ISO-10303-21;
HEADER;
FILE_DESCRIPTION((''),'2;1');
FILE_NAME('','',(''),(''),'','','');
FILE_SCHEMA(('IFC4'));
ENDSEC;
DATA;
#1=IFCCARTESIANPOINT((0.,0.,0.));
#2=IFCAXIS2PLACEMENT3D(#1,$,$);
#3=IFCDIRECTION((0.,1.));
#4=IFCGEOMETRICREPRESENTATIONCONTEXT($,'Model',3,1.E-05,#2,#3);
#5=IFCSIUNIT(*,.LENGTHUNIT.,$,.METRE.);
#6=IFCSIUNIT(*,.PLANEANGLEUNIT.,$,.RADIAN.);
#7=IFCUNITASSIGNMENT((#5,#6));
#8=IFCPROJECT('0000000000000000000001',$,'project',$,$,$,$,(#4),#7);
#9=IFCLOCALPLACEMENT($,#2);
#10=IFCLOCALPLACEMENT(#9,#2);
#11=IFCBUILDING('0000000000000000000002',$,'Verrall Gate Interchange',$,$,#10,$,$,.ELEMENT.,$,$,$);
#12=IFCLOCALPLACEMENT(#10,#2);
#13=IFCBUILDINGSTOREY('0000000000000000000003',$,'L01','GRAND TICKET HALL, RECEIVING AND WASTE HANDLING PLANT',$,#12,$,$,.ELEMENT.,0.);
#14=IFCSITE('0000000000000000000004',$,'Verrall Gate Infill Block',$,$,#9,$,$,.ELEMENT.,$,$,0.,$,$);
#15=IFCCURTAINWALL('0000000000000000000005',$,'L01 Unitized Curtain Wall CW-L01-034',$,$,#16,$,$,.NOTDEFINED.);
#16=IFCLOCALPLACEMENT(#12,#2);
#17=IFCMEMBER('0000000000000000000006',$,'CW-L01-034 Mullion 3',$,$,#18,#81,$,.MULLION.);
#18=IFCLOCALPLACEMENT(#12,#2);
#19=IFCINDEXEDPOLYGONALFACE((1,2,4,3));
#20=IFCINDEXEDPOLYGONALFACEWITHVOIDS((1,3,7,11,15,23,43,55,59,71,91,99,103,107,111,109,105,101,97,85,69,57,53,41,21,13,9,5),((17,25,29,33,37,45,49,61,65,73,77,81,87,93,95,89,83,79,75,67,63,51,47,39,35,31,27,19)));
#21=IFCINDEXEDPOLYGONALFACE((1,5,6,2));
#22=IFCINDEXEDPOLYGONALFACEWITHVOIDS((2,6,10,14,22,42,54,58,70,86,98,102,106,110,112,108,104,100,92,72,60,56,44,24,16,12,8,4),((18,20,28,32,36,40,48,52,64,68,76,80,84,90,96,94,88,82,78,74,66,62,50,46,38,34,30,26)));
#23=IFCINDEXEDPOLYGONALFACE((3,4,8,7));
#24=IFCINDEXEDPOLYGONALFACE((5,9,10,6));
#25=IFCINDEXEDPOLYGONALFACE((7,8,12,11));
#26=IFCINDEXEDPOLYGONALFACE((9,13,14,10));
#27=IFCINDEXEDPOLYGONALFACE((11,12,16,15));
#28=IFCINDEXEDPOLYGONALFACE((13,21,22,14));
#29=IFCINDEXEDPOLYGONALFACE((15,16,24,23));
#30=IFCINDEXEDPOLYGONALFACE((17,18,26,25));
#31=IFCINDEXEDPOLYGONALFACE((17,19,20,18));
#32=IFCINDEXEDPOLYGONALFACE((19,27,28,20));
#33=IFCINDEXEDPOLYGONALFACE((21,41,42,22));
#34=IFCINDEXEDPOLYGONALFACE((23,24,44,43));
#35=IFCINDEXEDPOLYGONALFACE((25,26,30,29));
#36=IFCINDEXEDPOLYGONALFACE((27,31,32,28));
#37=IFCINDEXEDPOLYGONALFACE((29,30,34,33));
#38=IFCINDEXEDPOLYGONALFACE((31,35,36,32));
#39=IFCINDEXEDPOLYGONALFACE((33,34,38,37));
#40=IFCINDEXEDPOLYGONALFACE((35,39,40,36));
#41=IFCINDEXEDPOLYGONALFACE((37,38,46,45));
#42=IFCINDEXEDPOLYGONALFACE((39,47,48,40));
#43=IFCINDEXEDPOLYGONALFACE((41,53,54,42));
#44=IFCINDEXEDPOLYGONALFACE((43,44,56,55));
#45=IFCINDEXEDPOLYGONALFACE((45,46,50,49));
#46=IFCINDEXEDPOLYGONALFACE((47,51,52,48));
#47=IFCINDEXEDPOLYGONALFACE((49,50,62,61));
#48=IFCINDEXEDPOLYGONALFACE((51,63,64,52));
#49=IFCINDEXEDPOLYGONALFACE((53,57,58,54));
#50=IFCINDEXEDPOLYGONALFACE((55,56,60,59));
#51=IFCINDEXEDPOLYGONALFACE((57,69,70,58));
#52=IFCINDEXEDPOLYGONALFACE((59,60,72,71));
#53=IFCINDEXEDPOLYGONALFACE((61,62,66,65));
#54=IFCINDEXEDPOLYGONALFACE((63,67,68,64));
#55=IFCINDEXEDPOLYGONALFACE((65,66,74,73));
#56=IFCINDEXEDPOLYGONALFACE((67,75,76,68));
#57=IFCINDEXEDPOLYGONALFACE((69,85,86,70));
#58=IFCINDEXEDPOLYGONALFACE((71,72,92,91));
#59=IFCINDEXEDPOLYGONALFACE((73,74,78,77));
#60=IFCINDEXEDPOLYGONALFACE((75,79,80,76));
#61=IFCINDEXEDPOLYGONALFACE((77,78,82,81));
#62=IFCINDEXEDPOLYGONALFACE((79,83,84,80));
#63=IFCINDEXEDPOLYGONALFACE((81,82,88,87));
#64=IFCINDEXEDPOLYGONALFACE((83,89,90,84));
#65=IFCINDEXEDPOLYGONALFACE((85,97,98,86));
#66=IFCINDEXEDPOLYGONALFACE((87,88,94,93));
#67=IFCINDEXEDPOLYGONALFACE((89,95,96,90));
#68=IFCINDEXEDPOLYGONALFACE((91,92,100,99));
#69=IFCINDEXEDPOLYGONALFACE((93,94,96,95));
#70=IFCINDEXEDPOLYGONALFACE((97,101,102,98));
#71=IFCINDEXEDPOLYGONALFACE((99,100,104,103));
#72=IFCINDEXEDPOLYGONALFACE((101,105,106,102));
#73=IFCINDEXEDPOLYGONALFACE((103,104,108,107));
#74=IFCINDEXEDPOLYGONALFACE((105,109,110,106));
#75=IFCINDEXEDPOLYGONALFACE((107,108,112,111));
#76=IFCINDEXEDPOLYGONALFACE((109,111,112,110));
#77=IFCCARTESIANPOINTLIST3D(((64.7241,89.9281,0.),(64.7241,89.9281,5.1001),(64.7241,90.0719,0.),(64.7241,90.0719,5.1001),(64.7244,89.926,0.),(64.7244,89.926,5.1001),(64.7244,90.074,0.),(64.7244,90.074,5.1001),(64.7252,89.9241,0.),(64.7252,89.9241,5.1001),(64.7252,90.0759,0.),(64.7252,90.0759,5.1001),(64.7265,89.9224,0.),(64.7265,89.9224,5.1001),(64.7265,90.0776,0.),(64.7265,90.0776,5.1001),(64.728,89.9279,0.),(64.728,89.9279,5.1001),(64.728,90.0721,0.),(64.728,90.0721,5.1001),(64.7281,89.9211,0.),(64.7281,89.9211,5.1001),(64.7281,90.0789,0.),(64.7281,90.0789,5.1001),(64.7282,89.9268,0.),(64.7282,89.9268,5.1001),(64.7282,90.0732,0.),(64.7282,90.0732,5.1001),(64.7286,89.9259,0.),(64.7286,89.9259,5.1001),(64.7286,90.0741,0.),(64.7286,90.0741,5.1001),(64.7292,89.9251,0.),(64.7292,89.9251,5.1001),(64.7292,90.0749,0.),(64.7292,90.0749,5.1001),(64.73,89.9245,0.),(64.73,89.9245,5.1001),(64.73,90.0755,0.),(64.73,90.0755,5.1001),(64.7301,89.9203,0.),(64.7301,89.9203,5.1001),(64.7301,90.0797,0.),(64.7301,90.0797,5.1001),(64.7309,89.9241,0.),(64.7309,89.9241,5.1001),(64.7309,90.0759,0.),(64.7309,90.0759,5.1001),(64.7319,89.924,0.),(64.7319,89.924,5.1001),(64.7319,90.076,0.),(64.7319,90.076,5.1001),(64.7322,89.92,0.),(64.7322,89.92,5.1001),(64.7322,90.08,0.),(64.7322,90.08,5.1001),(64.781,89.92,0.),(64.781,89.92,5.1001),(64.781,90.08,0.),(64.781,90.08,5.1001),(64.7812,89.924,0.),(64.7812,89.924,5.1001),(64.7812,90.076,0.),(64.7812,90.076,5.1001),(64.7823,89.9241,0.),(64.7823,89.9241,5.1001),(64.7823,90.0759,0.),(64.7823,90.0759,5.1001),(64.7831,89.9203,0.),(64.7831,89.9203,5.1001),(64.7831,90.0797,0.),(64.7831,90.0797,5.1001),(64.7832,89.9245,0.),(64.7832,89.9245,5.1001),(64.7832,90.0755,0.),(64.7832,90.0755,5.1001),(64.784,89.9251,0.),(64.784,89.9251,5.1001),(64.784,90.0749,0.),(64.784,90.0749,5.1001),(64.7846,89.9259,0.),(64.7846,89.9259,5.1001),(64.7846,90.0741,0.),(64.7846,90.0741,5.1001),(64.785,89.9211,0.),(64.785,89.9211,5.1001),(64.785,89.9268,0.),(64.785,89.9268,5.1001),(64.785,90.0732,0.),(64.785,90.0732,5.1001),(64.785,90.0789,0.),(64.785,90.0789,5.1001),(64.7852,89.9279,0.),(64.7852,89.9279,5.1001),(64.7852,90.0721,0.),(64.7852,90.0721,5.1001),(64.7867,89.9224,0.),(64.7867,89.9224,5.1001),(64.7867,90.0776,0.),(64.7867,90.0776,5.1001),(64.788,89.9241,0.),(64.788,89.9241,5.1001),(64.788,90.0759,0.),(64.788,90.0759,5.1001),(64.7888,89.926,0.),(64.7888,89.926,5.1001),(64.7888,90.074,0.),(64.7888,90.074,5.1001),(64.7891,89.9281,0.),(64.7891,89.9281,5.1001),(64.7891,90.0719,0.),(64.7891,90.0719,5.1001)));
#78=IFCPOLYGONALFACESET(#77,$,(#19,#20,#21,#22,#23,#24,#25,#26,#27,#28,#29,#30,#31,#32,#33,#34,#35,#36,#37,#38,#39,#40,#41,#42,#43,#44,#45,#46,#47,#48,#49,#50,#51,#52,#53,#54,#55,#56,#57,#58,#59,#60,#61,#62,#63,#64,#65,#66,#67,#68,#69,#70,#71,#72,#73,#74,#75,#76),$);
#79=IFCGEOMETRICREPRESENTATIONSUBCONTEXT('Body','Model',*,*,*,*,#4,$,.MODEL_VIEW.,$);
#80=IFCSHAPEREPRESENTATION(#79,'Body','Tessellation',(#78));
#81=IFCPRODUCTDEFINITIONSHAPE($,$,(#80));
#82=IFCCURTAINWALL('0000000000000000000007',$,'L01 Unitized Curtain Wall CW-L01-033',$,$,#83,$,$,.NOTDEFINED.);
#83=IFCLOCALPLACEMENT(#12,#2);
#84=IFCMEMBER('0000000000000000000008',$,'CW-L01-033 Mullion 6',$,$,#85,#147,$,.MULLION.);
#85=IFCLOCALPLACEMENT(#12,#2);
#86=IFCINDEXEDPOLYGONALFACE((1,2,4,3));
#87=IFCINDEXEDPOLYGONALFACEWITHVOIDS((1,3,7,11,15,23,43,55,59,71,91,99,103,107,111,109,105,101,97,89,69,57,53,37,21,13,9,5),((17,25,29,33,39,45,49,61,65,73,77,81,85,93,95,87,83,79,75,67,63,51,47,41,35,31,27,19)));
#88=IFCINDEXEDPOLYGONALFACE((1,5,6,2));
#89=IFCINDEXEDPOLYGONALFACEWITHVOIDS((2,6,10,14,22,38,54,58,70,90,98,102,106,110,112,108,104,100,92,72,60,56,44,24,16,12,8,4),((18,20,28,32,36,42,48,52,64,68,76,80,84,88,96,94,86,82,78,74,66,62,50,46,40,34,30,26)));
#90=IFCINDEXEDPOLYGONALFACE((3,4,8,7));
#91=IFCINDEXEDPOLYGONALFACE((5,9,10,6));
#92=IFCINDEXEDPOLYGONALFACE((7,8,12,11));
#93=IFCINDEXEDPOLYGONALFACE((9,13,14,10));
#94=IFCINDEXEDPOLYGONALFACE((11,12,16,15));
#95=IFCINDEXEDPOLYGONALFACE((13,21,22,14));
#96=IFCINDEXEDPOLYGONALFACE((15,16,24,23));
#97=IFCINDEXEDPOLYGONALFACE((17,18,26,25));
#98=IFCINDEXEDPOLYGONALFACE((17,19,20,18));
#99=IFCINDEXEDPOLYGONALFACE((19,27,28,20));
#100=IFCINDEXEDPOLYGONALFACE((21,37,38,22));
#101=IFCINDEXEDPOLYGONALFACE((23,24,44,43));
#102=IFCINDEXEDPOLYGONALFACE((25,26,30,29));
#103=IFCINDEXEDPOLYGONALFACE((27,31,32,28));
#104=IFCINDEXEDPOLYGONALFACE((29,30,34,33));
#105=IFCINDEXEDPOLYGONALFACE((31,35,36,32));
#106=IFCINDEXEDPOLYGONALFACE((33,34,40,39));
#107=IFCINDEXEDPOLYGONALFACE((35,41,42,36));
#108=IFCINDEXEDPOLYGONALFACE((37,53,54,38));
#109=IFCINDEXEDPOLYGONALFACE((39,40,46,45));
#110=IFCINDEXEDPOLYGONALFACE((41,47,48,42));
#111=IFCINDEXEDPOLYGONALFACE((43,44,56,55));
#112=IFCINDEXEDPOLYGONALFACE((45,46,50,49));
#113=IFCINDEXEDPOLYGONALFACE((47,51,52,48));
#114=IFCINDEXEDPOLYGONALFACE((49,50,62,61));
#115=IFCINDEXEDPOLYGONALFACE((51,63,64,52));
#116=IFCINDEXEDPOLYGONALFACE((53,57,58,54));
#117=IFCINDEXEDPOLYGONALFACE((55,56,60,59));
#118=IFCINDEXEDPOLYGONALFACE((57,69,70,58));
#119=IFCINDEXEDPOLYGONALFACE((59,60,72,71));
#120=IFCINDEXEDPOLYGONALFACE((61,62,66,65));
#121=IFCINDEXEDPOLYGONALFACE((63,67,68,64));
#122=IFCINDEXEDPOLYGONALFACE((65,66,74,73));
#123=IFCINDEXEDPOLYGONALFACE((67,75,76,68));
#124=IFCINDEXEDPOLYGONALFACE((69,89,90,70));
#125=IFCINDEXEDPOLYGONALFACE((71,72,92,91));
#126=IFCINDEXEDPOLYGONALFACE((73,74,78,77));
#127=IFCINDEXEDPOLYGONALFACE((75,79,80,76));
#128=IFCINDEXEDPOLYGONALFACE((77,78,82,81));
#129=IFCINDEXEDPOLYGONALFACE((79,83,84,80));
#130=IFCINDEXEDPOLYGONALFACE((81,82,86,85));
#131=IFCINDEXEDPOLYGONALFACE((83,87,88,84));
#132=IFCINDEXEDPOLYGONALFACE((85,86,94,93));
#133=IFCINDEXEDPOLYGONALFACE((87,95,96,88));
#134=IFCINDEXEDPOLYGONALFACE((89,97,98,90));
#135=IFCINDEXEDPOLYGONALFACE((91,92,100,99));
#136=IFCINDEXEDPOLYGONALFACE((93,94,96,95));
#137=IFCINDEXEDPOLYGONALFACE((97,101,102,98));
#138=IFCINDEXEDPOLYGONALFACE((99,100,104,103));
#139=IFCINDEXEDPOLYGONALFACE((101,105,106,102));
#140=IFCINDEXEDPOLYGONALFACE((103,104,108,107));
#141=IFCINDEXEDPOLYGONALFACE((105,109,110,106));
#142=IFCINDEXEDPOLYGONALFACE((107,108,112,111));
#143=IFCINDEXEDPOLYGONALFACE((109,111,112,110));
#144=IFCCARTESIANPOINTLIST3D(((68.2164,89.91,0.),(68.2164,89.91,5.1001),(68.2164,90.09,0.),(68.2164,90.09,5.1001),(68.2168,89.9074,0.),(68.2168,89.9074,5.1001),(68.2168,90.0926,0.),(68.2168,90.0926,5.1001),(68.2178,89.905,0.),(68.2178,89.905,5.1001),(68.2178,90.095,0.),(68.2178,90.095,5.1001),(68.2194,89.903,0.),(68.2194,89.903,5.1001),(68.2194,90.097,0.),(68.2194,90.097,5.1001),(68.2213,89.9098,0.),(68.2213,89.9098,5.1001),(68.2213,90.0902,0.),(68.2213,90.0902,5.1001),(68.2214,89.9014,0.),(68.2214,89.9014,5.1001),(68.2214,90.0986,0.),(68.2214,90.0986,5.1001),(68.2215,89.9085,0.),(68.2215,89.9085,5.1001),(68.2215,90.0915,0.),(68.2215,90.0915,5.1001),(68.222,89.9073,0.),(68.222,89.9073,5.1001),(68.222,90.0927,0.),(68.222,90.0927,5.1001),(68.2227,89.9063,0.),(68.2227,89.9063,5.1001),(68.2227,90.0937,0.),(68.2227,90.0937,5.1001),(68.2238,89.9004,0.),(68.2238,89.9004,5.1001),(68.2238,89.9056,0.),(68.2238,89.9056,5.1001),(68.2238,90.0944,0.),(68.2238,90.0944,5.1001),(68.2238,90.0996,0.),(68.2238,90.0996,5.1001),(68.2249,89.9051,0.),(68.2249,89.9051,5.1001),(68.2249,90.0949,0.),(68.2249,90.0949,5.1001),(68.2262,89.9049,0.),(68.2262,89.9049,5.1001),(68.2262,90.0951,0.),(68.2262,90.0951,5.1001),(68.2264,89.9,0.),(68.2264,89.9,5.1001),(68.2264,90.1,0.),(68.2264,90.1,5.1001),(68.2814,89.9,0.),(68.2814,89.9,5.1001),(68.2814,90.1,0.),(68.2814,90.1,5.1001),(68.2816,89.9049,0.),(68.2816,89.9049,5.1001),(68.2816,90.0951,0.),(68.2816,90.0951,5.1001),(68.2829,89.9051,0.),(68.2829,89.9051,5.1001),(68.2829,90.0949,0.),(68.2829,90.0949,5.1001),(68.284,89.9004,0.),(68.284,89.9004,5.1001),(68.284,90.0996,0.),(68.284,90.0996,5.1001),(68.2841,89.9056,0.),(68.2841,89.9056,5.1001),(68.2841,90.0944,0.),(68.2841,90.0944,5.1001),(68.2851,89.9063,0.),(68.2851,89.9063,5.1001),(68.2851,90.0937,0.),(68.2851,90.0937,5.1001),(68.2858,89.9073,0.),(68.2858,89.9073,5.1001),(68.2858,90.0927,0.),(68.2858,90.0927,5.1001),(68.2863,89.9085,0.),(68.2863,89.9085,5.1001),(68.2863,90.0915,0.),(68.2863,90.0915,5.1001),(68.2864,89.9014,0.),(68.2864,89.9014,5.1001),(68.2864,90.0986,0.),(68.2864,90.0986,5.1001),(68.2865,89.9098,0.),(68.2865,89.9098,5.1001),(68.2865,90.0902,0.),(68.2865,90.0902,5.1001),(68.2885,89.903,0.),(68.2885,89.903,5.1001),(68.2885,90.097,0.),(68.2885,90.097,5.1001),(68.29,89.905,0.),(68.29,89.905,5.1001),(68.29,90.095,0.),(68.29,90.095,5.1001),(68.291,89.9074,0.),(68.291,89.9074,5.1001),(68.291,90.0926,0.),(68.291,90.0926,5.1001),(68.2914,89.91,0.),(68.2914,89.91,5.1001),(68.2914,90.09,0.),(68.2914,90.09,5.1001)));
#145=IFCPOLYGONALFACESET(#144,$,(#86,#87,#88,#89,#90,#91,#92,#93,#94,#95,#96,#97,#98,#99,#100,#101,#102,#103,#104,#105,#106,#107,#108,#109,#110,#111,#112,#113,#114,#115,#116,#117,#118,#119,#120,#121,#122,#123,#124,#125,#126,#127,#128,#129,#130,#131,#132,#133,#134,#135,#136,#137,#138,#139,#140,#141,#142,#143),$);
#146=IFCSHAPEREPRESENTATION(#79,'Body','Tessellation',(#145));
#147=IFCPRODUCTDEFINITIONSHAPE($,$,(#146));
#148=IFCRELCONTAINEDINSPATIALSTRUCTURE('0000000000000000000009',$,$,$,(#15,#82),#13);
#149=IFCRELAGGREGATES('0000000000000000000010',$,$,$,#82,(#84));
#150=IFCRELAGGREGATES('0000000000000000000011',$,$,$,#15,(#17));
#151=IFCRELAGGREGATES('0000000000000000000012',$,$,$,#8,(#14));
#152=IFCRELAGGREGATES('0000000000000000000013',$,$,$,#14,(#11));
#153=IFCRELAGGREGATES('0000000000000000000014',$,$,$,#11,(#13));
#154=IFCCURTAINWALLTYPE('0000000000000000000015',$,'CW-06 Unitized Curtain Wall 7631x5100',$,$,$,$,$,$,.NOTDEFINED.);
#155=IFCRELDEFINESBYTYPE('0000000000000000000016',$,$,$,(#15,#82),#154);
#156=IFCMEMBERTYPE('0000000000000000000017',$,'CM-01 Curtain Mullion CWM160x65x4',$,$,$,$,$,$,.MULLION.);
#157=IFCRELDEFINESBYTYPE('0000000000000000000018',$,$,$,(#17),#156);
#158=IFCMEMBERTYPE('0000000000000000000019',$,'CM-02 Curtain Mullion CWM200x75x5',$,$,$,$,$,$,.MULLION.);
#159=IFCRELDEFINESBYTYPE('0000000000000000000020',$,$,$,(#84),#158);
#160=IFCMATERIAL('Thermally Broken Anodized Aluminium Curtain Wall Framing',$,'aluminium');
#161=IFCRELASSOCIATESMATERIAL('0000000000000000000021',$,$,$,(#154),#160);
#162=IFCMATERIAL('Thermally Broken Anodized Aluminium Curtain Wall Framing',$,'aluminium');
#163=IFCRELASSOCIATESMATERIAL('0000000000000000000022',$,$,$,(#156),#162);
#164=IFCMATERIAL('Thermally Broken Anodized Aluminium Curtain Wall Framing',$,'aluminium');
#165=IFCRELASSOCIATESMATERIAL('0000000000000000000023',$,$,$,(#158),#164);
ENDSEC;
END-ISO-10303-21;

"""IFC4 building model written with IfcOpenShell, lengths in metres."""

from ifc_helpers import new_model, si_unit, direction, frame, origin, origin_2d, place, context, subcontext, project, spatial, hollow_rectangle, extrude, material, material_profile, profile_set, type_object, element, aggregate, save


model = new_model("IFC4")

# Units and contexts
model_context = context("Model", 3, precision=1e-05, world=origin(), true_north=direction((0.0, 1.0)))
body_context = subcontext(model_context, "Body", "Model", "MODEL_VIEW")
ifc_project = project(units=[si_unit("LENGTHUNIT", "METRE"), si_unit("PLANEANGLEUNIT", "RADIAN")], contexts=[model_context])

# Site, building, storey
site_placement = place(None, origin())
site = spatial("IfcSite", under=ifc_project, at=site_placement, Name="Verrall Gate Infill Block", CompositionType="ELEMENT", RefElevation=0.0)
building_placement = place(site_placement, origin())
building = spatial("IfcBuilding", under=site, at=building_placement, Name="Verrall Gate Interchange", CompositionType="ELEMENT")
storey_placement = place(building_placement, origin())
storey = spatial("IfcBuildingStorey", under=building, at=storey_placement, Name="L01", Description="GRAND TICKET HALL, RECEIVING AND WASTE HANDLING PLANT", CompositionType="ELEMENT", Elevation=0.0)

# Curtain wall, member
ifc_material_1 = material(Name="Thermally Broken Anodized Aluminium Curtain Wall Framing", Category="aluminium")
curtain_wall_type = type_object("IfcCurtainWallType", Name="CW-06 Unitized Curtain Wall 7631x5100", PredefinedType="NOTDEFINED", material=ifc_material_1)
curtain_wall_1_placement = place(storey_placement, origin())
curtain_wall_1 = element("IfcCurtainWall", 1, at=curtain_wall_1_placement, inside=storey, type_object=curtain_wall_type, Name="L01 Unitized Curtain Wall CW-L01-034", PredefinedType="NOTDEFINED")
ifc_material_2 = material(Name="Thermally Broken Anodized Aluminium Curtain Wall Framing", Category="aluminium")
ifc_material_profile_1 = material_profile(ifc_material_2, hollow_rectangle(XDim=0.0649, YDim=0.1599, WallThickness=0.0039, InnerFilletRadius=0.0039, OuterFilletRadius=0.0081, at=origin_2d()), Name="CWM160x65x4")
ifc_profile_set_1 = profile_set([ifc_material_profile_1], Name="Thermally Broken Anodized Aluminium Curtain Wall Framing")
member_type_1 = type_object("IfcMemberType", Name="CM-01 Curtain Mullion CWM160x65x4", PredefinedType="MULLION", material=ifc_profile_set_1)
member_1_placement = place(storey_placement, frame((64.7566, 90.0, 0.0), z_axis=(0.0, 0.0, 1.0), x_axis=(-1.0, 0.0, 0.0)))
member_1 = element("IfcMember", 2, at=member_1_placement, type_object=member_type_1, Name="CW-L01-034 Mullion 3", PredefinedType="MULLION", context=body_context, shape_type="SweptSolid", body=[
    extrude(hollow_rectangle(XDim=0.0649, YDim=0.1599, WallThickness=0.0039, InnerFilletRadius=0.0039, OuterFilletRadius=0.0081, at=origin_2d()), origin(), (0.0, 0.0, 1.0), 5.1001),
])

# Curtain wall, member
curtain_wall_2_placement = place(storey_placement, origin())
curtain_wall_2 = element("IfcCurtainWall", 3, at=curtain_wall_2_placement, inside=storey, type_object=curtain_wall_type, Name="L01 Unitized Curtain Wall CW-L01-033", PredefinedType="NOTDEFINED")
ifc_material_3 = material(Name="Thermally Broken Anodized Aluminium Curtain Wall Framing", Category="aluminium")
ifc_material_profile_2 = material_profile(ifc_material_3, hollow_rectangle(XDim=0.075, YDim=0.2, WallThickness=0.0049, InnerFilletRadius=0.0049, OuterFilletRadius=0.01, at=origin_2d()), Name="CWM200x75x5")
ifc_profile_set_2 = profile_set([ifc_material_profile_2], Name="Thermally Broken Anodized Aluminium Curtain Wall Framing")
member_type_2 = type_object("IfcMemberType", Name="CM-02 Curtain Mullion CWM200x75x5", PredefinedType="MULLION", material=ifc_profile_set_2)
member_2_placement = place(storey_placement, frame((68.2539, 90.0, 0.0), z_axis=(0.0, 0.0, 1.0), x_axis=(-1.0, 0.0, 0.0)))
member_2 = element("IfcMember", 4, at=member_2_placement, type_object=member_type_2, Name="CW-L01-033 Mullion 6", PredefinedType="MULLION", context=body_context, shape_type="SweptSolid", body=[
    extrude(hollow_rectangle(XDim=0.075, YDim=0.2, WallThickness=0.0049, InnerFilletRadius=0.0049, OuterFilletRadius=0.01, at=origin_2d()), origin(), (0.0, 0.0, 1.0), 5.1001),
])

aggregate(curtain_wall_2, [member_2])
aggregate(curtain_wall_1, [member_1])

save(model, "model.ifc")
